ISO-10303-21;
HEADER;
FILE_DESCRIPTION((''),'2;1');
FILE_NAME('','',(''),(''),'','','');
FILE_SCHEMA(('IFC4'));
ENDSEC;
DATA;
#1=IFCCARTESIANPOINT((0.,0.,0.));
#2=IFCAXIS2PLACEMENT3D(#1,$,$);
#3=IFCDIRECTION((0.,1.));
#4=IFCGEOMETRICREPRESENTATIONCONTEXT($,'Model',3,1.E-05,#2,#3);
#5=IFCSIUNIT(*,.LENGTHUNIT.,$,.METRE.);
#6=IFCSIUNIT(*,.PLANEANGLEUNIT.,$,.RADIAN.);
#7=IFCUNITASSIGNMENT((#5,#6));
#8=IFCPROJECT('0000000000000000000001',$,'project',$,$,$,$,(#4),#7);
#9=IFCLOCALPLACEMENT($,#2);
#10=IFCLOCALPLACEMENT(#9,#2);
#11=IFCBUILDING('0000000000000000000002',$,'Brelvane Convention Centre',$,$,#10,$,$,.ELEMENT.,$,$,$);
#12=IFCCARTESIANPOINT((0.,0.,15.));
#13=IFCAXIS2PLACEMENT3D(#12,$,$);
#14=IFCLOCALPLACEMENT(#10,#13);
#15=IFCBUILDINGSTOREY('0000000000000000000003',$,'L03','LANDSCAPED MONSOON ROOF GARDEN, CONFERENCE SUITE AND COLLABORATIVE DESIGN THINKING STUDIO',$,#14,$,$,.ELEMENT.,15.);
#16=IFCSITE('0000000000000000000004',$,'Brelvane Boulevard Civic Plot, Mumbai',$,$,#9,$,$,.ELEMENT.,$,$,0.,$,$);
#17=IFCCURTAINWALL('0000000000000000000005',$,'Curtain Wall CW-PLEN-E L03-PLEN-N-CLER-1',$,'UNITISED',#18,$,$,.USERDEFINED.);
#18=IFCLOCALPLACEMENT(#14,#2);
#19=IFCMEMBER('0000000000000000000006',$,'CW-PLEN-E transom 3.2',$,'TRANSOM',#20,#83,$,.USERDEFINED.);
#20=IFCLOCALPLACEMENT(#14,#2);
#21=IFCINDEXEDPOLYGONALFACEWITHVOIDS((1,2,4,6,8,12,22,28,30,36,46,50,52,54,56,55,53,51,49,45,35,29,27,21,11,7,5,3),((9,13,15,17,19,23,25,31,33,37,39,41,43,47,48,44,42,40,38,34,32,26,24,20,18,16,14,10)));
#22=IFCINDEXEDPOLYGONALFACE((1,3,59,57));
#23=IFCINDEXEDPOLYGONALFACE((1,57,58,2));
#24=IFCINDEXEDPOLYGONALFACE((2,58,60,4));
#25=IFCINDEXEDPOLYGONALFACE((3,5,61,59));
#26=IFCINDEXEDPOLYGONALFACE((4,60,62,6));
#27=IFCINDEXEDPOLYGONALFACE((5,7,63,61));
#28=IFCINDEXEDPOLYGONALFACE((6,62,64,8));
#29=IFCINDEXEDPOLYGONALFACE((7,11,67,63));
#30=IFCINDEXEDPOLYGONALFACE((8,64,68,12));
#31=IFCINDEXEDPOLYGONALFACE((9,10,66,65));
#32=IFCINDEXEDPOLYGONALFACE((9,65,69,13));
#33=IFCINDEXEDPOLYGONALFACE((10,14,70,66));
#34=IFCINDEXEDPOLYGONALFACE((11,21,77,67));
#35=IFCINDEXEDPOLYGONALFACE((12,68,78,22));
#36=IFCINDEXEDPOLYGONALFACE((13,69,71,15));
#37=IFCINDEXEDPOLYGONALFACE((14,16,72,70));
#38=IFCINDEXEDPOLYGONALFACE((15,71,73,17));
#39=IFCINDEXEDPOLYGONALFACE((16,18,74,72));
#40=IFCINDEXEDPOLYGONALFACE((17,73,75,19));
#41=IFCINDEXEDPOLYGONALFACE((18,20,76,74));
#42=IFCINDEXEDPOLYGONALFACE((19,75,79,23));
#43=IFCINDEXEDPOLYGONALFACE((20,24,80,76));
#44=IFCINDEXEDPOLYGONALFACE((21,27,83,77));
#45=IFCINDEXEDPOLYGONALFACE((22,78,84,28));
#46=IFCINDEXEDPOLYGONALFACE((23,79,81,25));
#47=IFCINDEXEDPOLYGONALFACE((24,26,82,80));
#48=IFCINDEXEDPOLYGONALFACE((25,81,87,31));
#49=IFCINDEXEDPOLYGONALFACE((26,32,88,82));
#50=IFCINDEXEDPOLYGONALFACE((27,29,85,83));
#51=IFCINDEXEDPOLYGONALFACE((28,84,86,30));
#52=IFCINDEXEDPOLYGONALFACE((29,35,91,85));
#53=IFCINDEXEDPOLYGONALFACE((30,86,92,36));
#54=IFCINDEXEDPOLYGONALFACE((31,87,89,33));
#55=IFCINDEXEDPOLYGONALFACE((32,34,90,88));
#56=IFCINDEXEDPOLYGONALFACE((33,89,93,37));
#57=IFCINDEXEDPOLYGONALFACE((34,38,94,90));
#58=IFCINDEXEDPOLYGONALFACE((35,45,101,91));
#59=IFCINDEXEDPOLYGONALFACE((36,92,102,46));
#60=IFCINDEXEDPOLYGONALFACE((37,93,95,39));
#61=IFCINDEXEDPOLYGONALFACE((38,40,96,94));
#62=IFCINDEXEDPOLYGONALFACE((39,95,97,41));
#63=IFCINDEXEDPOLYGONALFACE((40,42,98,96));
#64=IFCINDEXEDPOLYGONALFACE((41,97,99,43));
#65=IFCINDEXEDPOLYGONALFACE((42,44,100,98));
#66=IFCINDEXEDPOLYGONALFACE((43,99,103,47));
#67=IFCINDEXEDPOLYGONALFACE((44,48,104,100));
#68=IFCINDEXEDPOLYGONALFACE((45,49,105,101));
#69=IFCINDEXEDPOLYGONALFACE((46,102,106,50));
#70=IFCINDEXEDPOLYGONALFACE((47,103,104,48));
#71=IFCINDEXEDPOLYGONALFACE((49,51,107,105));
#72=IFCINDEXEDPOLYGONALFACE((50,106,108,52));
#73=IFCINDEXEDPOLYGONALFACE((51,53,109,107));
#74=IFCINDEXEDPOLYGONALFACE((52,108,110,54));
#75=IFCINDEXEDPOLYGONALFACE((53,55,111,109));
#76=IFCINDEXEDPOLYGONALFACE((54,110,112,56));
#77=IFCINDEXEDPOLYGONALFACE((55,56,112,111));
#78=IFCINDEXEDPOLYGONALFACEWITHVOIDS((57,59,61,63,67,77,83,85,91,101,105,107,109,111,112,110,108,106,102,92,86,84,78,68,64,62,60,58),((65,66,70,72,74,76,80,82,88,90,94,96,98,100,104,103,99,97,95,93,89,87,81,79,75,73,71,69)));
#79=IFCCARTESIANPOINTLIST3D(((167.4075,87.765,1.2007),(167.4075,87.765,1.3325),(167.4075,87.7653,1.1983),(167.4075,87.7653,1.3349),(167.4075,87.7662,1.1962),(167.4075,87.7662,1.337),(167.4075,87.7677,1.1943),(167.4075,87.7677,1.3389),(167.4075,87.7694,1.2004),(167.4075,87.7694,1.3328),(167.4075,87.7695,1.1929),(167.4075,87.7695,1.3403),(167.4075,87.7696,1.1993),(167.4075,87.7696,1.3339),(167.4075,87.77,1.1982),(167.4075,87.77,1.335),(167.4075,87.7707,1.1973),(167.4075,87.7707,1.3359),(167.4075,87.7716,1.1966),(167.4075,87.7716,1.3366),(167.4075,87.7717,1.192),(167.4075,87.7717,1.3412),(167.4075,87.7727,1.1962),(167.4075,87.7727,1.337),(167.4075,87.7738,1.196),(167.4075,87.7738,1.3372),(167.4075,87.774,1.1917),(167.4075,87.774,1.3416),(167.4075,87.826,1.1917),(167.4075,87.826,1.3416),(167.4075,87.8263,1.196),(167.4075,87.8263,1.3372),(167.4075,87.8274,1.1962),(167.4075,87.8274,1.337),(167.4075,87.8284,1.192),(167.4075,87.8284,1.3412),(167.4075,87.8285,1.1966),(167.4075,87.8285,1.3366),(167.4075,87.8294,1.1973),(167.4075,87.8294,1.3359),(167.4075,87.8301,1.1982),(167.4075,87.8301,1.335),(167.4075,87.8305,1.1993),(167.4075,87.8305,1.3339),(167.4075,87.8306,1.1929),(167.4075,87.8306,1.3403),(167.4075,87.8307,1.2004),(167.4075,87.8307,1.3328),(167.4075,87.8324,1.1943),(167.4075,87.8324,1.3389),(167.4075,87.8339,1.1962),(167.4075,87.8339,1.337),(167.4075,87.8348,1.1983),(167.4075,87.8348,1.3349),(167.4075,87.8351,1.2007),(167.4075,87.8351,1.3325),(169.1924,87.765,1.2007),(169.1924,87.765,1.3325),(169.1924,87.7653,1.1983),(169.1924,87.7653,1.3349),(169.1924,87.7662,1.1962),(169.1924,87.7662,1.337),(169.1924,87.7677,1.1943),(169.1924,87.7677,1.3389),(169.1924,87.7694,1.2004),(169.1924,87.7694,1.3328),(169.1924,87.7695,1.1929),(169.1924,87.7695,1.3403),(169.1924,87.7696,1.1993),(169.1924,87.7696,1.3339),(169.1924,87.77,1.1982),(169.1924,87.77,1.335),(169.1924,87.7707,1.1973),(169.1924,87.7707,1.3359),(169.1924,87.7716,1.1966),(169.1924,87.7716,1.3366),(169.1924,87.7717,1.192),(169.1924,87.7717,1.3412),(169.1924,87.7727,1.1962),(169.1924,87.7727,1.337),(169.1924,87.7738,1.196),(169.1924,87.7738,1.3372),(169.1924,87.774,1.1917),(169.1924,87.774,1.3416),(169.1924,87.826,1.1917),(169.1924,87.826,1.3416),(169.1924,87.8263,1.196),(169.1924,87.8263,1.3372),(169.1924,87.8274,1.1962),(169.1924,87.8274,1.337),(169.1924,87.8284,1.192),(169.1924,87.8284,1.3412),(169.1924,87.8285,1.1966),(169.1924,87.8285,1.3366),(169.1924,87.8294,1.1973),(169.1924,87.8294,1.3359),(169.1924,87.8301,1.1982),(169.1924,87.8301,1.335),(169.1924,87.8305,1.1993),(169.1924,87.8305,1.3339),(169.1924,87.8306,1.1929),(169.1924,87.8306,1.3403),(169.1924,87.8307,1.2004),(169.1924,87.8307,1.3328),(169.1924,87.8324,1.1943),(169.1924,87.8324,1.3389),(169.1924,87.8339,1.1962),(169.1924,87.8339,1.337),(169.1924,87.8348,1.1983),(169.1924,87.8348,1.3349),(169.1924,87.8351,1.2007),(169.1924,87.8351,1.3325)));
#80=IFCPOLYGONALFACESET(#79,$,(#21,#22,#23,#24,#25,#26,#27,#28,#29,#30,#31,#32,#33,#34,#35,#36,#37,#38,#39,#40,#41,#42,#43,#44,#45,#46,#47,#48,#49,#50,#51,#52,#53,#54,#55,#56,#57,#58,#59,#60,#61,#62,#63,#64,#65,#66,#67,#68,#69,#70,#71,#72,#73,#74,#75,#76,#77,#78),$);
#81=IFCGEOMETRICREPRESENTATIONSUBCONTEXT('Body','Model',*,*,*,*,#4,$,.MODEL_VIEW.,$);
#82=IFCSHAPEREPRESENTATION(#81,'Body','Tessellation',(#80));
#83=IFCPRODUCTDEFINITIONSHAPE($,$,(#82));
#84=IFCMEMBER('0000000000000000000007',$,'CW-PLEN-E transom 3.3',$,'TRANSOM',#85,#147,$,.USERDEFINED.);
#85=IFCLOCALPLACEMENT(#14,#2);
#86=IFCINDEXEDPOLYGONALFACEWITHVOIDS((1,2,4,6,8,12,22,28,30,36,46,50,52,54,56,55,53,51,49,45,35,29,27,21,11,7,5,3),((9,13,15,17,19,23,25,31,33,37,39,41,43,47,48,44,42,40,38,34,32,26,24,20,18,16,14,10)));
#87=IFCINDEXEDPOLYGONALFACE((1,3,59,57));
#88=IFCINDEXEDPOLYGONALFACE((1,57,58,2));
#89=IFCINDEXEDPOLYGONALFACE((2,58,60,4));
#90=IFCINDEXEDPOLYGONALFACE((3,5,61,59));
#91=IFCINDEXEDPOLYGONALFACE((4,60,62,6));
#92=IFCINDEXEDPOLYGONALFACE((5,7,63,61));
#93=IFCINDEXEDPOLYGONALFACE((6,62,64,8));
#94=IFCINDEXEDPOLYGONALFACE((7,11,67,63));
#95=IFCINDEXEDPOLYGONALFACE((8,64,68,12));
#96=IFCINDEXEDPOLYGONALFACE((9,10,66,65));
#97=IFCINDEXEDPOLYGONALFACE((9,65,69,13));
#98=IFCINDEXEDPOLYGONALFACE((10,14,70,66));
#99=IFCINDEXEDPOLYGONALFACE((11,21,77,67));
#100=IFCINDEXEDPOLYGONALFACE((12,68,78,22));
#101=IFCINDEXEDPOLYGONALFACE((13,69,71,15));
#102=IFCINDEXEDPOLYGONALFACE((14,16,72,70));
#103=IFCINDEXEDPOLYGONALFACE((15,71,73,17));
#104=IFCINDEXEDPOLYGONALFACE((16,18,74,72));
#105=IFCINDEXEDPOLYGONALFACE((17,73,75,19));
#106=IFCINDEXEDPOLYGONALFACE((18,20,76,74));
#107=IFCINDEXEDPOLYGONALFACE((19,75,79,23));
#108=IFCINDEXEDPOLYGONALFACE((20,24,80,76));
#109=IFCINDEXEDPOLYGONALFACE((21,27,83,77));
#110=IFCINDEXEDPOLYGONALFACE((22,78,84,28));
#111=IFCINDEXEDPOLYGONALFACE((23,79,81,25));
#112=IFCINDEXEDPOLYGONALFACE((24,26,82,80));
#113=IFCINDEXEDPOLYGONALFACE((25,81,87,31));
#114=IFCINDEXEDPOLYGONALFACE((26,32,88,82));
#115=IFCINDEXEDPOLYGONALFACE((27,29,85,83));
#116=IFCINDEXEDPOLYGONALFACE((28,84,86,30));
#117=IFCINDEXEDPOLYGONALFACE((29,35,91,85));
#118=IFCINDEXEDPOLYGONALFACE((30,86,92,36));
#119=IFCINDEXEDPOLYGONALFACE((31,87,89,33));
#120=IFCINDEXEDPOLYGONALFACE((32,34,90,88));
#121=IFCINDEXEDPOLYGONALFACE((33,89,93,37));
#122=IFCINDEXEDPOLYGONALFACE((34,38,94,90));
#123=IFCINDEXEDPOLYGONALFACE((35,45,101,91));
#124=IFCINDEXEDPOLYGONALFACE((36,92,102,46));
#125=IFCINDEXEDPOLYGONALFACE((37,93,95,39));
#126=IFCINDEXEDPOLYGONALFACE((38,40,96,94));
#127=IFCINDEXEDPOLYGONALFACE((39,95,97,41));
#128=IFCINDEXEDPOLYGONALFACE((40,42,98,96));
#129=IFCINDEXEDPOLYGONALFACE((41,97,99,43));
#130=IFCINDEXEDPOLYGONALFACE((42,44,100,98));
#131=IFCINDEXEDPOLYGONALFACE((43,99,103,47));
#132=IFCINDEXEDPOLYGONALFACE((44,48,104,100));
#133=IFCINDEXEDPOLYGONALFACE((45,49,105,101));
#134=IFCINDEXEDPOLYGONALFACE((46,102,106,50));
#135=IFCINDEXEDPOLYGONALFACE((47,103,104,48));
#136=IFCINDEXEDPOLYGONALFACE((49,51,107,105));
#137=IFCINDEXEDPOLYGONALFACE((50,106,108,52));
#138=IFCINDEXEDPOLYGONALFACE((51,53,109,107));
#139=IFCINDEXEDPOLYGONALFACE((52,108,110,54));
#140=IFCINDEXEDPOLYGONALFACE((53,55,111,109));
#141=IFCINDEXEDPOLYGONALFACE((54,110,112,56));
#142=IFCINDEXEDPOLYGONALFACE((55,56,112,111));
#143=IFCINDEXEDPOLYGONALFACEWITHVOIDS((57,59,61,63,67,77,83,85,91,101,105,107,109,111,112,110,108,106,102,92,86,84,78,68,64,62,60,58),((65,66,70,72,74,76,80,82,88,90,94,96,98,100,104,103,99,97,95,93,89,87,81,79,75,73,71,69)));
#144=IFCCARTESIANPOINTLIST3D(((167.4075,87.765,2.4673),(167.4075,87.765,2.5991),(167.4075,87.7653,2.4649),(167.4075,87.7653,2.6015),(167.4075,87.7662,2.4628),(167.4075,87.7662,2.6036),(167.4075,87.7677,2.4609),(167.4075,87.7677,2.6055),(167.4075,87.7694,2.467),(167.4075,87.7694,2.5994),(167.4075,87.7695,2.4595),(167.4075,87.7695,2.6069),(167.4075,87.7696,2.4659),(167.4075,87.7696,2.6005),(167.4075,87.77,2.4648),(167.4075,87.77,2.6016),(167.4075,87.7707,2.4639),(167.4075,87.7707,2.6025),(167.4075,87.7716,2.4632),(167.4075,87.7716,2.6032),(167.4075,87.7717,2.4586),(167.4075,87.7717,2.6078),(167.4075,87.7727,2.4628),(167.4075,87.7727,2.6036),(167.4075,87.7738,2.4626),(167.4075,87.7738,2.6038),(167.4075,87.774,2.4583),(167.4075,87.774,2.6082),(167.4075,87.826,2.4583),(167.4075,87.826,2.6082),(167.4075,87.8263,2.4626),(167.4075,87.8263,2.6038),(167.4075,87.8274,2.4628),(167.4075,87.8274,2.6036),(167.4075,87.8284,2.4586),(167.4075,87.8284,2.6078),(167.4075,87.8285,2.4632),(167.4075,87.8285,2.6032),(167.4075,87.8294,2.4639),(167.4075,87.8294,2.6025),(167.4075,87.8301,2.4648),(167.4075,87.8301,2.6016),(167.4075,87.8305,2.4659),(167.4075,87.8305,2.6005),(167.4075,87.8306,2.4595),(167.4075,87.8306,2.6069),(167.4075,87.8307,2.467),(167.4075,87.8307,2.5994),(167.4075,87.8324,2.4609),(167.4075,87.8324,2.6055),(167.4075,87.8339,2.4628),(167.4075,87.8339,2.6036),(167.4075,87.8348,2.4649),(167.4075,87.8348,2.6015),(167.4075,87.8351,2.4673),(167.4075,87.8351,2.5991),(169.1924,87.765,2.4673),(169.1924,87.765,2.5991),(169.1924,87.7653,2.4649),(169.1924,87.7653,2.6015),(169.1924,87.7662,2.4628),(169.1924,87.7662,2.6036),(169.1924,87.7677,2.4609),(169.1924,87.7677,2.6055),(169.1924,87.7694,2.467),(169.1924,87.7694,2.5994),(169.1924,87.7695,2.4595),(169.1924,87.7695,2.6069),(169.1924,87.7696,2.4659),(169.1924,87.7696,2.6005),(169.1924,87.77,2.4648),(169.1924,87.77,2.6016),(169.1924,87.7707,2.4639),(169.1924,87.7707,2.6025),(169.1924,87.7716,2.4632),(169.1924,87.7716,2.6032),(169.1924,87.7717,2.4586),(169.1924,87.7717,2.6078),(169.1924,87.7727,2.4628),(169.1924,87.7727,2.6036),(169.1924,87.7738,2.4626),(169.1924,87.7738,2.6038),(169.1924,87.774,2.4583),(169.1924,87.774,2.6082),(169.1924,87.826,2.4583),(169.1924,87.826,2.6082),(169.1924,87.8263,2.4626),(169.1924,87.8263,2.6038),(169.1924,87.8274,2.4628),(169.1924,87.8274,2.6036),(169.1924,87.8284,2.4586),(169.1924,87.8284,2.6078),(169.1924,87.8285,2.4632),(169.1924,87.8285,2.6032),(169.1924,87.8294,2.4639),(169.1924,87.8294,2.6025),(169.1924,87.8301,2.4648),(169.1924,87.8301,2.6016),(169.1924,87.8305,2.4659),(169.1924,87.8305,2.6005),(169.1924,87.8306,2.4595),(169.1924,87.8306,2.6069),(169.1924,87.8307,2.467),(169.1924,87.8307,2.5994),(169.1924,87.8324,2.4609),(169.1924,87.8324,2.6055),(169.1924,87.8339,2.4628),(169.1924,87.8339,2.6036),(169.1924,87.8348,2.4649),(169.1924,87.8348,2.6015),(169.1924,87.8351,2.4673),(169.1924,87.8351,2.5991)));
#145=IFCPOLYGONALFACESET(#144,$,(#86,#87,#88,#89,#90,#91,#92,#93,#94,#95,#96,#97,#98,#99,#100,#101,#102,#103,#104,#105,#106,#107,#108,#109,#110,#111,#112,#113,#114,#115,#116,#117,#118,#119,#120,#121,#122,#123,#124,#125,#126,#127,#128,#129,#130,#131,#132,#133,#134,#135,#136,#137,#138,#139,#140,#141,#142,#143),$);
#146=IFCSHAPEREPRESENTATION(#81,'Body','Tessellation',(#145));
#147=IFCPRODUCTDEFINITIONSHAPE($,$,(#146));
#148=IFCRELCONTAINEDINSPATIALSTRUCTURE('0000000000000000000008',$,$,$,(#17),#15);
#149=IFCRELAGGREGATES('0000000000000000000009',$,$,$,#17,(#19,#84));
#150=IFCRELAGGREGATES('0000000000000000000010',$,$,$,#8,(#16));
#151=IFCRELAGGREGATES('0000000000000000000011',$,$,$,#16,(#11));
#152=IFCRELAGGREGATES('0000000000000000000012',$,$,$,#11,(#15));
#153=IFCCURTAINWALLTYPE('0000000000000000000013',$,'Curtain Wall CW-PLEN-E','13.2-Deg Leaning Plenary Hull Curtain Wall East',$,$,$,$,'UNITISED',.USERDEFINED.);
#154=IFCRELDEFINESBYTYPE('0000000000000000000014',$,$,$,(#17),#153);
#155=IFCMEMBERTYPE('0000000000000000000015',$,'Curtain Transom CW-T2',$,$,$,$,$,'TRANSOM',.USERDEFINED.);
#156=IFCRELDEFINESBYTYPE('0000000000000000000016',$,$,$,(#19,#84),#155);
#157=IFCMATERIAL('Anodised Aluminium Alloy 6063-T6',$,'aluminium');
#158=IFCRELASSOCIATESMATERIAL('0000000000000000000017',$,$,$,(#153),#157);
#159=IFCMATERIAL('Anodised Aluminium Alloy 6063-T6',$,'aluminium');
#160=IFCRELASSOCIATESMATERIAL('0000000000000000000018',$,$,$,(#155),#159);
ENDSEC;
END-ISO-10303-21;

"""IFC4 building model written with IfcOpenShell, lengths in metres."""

from ifc_helpers import new_model, si_unit, direction, frame, origin, origin_2d, place, context, subcontext, project, spatial, hollow_rectangle, extrude, material, material_profile, profile_set, type_object, element, aggregate, save


model = new_model("IFC4")

# Units and contexts
model_context = context("Model", 3, precision=1e-05, world=origin(), true_north=direction((0.0, 1.0)))
body_context = subcontext(model_context, "Body", "Model", "MODEL_VIEW")
ifc_project = project(units=[si_unit("LENGTHUNIT", "METRE"), si_unit("PLANEANGLEUNIT", "RADIAN")], contexts=[model_context])

# Site, building, storey
site_placement = place(None, origin())
site = spatial("IfcSite", under=ifc_project, at=site_placement, Name="Brelvane Boulevard Civic Plot, Mumbai", CompositionType="ELEMENT", RefElevation=0.0)
building_placement = place(site_placement, origin())
building = spatial("IfcBuilding", under=site, at=building_placement, Name="Brelvane Convention Centre", CompositionType="ELEMENT")
storey_placement = place(building_placement, frame((0.0, 0.0, 15.0)))
storey = spatial("IfcBuildingStorey", under=building, at=storey_placement, Name="L03", Description="LANDSCAPED MONSOON ROOF GARDEN, CONFERENCE SUITE AND COLLABORATIVE DESIGN THINKING STUDIO", CompositionType="ELEMENT", Elevation=15.0)

# Curtain wall, members
ifc_material_1 = material(Name="Anodised Aluminium Alloy 6063-T6", Category="aluminium")
curtain_wall_type = type_object("IfcCurtainWallType", Name="Curtain Wall CW-PLEN-E", Description="13.2-Deg Leaning Plenary Hull Curtain Wall East", ElementType="UNITISED", PredefinedType="USERDEFINED", material=ifc_material_1)
curtain_wall_placement = place(storey_placement, origin())
curtain_wall = element("IfcCurtainWall", 1, at=curtain_wall_placement, inside=storey, type_object=curtain_wall_type, Name="Curtain Wall CW-PLEN-E L03-PLEN-N-CLER-1", ObjectType="UNITISED", PredefinedType="USERDEFINED")
ifc_material_2 = material(Name="Anodised Aluminium Alloy 6063-T6", Category="aluminium")
ifc_material_profile_1 = material_profile(ifc_material_2, hollow_rectangle(XDim=0.0701, YDim=0.1499, WallThickness=0.0044, InnerFilletRadius=0.0044, OuterFilletRadius=0.009, at=origin_2d()), Name="ALU-T 150x70x4.5")
ifc_profile_set_1 = profile_set([ifc_material_profile_1], Name="Anodised Aluminium Alloy 6063-T6")
member_type_1 = type_object("IfcMemberType", Name="Curtain Transom CW-T2", ElementType="TRANSOM", PredefinedType="USERDEFINED", material=ifc_profile_set_1)
member_1_placement = place(storey_placement, frame((167.4075, 87.8, 1.2666), z_axis=(1.0, 0.0, 0.0), x_axis=(0.0, 1.0, 0.0)))
member_1 = element("IfcMember", 2, at=member_1_placement, type_object=member_type_1, Name="CW-PLEN-E transom 3.2", ObjectType="TRANSOM", PredefinedType="USERDEFINED", context=body_context, shape_type="SweptSolid", body=[
    extrude(hollow_rectangle(XDim=0.0701, YDim=0.1499, WallThickness=0.0044, InnerFilletRadius=0.0044, OuterFilletRadius=0.009, at=origin_2d()), origin(), (0.0, 0.0, 1.0), 1.7849),
])
member_2_placement = place(storey_placement, frame((167.4075, 87.8, 2.5332), z_axis=(1.0, 0.0, 0.0), x_axis=(0.0, 1.0, 0.0)))
member_2 = element("IfcMember", 3, at=member_2_placement, type_object=member_type_1, Name="CW-PLEN-E transom 3.3", ObjectType="TRANSOM", PredefinedType="USERDEFINED", context=body_context, shape_type="SweptSolid", body=[
    extrude(hollow_rectangle(XDim=0.0701, YDim=0.1499, WallThickness=0.0044, InnerFilletRadius=0.0044, OuterFilletRadius=0.009, at=origin_2d()), origin(), (0.0, 0.0, 1.0), 1.7849),
])

aggregate(curtain_wall, [member_1, member_2])

save(model, "model.ifc")
